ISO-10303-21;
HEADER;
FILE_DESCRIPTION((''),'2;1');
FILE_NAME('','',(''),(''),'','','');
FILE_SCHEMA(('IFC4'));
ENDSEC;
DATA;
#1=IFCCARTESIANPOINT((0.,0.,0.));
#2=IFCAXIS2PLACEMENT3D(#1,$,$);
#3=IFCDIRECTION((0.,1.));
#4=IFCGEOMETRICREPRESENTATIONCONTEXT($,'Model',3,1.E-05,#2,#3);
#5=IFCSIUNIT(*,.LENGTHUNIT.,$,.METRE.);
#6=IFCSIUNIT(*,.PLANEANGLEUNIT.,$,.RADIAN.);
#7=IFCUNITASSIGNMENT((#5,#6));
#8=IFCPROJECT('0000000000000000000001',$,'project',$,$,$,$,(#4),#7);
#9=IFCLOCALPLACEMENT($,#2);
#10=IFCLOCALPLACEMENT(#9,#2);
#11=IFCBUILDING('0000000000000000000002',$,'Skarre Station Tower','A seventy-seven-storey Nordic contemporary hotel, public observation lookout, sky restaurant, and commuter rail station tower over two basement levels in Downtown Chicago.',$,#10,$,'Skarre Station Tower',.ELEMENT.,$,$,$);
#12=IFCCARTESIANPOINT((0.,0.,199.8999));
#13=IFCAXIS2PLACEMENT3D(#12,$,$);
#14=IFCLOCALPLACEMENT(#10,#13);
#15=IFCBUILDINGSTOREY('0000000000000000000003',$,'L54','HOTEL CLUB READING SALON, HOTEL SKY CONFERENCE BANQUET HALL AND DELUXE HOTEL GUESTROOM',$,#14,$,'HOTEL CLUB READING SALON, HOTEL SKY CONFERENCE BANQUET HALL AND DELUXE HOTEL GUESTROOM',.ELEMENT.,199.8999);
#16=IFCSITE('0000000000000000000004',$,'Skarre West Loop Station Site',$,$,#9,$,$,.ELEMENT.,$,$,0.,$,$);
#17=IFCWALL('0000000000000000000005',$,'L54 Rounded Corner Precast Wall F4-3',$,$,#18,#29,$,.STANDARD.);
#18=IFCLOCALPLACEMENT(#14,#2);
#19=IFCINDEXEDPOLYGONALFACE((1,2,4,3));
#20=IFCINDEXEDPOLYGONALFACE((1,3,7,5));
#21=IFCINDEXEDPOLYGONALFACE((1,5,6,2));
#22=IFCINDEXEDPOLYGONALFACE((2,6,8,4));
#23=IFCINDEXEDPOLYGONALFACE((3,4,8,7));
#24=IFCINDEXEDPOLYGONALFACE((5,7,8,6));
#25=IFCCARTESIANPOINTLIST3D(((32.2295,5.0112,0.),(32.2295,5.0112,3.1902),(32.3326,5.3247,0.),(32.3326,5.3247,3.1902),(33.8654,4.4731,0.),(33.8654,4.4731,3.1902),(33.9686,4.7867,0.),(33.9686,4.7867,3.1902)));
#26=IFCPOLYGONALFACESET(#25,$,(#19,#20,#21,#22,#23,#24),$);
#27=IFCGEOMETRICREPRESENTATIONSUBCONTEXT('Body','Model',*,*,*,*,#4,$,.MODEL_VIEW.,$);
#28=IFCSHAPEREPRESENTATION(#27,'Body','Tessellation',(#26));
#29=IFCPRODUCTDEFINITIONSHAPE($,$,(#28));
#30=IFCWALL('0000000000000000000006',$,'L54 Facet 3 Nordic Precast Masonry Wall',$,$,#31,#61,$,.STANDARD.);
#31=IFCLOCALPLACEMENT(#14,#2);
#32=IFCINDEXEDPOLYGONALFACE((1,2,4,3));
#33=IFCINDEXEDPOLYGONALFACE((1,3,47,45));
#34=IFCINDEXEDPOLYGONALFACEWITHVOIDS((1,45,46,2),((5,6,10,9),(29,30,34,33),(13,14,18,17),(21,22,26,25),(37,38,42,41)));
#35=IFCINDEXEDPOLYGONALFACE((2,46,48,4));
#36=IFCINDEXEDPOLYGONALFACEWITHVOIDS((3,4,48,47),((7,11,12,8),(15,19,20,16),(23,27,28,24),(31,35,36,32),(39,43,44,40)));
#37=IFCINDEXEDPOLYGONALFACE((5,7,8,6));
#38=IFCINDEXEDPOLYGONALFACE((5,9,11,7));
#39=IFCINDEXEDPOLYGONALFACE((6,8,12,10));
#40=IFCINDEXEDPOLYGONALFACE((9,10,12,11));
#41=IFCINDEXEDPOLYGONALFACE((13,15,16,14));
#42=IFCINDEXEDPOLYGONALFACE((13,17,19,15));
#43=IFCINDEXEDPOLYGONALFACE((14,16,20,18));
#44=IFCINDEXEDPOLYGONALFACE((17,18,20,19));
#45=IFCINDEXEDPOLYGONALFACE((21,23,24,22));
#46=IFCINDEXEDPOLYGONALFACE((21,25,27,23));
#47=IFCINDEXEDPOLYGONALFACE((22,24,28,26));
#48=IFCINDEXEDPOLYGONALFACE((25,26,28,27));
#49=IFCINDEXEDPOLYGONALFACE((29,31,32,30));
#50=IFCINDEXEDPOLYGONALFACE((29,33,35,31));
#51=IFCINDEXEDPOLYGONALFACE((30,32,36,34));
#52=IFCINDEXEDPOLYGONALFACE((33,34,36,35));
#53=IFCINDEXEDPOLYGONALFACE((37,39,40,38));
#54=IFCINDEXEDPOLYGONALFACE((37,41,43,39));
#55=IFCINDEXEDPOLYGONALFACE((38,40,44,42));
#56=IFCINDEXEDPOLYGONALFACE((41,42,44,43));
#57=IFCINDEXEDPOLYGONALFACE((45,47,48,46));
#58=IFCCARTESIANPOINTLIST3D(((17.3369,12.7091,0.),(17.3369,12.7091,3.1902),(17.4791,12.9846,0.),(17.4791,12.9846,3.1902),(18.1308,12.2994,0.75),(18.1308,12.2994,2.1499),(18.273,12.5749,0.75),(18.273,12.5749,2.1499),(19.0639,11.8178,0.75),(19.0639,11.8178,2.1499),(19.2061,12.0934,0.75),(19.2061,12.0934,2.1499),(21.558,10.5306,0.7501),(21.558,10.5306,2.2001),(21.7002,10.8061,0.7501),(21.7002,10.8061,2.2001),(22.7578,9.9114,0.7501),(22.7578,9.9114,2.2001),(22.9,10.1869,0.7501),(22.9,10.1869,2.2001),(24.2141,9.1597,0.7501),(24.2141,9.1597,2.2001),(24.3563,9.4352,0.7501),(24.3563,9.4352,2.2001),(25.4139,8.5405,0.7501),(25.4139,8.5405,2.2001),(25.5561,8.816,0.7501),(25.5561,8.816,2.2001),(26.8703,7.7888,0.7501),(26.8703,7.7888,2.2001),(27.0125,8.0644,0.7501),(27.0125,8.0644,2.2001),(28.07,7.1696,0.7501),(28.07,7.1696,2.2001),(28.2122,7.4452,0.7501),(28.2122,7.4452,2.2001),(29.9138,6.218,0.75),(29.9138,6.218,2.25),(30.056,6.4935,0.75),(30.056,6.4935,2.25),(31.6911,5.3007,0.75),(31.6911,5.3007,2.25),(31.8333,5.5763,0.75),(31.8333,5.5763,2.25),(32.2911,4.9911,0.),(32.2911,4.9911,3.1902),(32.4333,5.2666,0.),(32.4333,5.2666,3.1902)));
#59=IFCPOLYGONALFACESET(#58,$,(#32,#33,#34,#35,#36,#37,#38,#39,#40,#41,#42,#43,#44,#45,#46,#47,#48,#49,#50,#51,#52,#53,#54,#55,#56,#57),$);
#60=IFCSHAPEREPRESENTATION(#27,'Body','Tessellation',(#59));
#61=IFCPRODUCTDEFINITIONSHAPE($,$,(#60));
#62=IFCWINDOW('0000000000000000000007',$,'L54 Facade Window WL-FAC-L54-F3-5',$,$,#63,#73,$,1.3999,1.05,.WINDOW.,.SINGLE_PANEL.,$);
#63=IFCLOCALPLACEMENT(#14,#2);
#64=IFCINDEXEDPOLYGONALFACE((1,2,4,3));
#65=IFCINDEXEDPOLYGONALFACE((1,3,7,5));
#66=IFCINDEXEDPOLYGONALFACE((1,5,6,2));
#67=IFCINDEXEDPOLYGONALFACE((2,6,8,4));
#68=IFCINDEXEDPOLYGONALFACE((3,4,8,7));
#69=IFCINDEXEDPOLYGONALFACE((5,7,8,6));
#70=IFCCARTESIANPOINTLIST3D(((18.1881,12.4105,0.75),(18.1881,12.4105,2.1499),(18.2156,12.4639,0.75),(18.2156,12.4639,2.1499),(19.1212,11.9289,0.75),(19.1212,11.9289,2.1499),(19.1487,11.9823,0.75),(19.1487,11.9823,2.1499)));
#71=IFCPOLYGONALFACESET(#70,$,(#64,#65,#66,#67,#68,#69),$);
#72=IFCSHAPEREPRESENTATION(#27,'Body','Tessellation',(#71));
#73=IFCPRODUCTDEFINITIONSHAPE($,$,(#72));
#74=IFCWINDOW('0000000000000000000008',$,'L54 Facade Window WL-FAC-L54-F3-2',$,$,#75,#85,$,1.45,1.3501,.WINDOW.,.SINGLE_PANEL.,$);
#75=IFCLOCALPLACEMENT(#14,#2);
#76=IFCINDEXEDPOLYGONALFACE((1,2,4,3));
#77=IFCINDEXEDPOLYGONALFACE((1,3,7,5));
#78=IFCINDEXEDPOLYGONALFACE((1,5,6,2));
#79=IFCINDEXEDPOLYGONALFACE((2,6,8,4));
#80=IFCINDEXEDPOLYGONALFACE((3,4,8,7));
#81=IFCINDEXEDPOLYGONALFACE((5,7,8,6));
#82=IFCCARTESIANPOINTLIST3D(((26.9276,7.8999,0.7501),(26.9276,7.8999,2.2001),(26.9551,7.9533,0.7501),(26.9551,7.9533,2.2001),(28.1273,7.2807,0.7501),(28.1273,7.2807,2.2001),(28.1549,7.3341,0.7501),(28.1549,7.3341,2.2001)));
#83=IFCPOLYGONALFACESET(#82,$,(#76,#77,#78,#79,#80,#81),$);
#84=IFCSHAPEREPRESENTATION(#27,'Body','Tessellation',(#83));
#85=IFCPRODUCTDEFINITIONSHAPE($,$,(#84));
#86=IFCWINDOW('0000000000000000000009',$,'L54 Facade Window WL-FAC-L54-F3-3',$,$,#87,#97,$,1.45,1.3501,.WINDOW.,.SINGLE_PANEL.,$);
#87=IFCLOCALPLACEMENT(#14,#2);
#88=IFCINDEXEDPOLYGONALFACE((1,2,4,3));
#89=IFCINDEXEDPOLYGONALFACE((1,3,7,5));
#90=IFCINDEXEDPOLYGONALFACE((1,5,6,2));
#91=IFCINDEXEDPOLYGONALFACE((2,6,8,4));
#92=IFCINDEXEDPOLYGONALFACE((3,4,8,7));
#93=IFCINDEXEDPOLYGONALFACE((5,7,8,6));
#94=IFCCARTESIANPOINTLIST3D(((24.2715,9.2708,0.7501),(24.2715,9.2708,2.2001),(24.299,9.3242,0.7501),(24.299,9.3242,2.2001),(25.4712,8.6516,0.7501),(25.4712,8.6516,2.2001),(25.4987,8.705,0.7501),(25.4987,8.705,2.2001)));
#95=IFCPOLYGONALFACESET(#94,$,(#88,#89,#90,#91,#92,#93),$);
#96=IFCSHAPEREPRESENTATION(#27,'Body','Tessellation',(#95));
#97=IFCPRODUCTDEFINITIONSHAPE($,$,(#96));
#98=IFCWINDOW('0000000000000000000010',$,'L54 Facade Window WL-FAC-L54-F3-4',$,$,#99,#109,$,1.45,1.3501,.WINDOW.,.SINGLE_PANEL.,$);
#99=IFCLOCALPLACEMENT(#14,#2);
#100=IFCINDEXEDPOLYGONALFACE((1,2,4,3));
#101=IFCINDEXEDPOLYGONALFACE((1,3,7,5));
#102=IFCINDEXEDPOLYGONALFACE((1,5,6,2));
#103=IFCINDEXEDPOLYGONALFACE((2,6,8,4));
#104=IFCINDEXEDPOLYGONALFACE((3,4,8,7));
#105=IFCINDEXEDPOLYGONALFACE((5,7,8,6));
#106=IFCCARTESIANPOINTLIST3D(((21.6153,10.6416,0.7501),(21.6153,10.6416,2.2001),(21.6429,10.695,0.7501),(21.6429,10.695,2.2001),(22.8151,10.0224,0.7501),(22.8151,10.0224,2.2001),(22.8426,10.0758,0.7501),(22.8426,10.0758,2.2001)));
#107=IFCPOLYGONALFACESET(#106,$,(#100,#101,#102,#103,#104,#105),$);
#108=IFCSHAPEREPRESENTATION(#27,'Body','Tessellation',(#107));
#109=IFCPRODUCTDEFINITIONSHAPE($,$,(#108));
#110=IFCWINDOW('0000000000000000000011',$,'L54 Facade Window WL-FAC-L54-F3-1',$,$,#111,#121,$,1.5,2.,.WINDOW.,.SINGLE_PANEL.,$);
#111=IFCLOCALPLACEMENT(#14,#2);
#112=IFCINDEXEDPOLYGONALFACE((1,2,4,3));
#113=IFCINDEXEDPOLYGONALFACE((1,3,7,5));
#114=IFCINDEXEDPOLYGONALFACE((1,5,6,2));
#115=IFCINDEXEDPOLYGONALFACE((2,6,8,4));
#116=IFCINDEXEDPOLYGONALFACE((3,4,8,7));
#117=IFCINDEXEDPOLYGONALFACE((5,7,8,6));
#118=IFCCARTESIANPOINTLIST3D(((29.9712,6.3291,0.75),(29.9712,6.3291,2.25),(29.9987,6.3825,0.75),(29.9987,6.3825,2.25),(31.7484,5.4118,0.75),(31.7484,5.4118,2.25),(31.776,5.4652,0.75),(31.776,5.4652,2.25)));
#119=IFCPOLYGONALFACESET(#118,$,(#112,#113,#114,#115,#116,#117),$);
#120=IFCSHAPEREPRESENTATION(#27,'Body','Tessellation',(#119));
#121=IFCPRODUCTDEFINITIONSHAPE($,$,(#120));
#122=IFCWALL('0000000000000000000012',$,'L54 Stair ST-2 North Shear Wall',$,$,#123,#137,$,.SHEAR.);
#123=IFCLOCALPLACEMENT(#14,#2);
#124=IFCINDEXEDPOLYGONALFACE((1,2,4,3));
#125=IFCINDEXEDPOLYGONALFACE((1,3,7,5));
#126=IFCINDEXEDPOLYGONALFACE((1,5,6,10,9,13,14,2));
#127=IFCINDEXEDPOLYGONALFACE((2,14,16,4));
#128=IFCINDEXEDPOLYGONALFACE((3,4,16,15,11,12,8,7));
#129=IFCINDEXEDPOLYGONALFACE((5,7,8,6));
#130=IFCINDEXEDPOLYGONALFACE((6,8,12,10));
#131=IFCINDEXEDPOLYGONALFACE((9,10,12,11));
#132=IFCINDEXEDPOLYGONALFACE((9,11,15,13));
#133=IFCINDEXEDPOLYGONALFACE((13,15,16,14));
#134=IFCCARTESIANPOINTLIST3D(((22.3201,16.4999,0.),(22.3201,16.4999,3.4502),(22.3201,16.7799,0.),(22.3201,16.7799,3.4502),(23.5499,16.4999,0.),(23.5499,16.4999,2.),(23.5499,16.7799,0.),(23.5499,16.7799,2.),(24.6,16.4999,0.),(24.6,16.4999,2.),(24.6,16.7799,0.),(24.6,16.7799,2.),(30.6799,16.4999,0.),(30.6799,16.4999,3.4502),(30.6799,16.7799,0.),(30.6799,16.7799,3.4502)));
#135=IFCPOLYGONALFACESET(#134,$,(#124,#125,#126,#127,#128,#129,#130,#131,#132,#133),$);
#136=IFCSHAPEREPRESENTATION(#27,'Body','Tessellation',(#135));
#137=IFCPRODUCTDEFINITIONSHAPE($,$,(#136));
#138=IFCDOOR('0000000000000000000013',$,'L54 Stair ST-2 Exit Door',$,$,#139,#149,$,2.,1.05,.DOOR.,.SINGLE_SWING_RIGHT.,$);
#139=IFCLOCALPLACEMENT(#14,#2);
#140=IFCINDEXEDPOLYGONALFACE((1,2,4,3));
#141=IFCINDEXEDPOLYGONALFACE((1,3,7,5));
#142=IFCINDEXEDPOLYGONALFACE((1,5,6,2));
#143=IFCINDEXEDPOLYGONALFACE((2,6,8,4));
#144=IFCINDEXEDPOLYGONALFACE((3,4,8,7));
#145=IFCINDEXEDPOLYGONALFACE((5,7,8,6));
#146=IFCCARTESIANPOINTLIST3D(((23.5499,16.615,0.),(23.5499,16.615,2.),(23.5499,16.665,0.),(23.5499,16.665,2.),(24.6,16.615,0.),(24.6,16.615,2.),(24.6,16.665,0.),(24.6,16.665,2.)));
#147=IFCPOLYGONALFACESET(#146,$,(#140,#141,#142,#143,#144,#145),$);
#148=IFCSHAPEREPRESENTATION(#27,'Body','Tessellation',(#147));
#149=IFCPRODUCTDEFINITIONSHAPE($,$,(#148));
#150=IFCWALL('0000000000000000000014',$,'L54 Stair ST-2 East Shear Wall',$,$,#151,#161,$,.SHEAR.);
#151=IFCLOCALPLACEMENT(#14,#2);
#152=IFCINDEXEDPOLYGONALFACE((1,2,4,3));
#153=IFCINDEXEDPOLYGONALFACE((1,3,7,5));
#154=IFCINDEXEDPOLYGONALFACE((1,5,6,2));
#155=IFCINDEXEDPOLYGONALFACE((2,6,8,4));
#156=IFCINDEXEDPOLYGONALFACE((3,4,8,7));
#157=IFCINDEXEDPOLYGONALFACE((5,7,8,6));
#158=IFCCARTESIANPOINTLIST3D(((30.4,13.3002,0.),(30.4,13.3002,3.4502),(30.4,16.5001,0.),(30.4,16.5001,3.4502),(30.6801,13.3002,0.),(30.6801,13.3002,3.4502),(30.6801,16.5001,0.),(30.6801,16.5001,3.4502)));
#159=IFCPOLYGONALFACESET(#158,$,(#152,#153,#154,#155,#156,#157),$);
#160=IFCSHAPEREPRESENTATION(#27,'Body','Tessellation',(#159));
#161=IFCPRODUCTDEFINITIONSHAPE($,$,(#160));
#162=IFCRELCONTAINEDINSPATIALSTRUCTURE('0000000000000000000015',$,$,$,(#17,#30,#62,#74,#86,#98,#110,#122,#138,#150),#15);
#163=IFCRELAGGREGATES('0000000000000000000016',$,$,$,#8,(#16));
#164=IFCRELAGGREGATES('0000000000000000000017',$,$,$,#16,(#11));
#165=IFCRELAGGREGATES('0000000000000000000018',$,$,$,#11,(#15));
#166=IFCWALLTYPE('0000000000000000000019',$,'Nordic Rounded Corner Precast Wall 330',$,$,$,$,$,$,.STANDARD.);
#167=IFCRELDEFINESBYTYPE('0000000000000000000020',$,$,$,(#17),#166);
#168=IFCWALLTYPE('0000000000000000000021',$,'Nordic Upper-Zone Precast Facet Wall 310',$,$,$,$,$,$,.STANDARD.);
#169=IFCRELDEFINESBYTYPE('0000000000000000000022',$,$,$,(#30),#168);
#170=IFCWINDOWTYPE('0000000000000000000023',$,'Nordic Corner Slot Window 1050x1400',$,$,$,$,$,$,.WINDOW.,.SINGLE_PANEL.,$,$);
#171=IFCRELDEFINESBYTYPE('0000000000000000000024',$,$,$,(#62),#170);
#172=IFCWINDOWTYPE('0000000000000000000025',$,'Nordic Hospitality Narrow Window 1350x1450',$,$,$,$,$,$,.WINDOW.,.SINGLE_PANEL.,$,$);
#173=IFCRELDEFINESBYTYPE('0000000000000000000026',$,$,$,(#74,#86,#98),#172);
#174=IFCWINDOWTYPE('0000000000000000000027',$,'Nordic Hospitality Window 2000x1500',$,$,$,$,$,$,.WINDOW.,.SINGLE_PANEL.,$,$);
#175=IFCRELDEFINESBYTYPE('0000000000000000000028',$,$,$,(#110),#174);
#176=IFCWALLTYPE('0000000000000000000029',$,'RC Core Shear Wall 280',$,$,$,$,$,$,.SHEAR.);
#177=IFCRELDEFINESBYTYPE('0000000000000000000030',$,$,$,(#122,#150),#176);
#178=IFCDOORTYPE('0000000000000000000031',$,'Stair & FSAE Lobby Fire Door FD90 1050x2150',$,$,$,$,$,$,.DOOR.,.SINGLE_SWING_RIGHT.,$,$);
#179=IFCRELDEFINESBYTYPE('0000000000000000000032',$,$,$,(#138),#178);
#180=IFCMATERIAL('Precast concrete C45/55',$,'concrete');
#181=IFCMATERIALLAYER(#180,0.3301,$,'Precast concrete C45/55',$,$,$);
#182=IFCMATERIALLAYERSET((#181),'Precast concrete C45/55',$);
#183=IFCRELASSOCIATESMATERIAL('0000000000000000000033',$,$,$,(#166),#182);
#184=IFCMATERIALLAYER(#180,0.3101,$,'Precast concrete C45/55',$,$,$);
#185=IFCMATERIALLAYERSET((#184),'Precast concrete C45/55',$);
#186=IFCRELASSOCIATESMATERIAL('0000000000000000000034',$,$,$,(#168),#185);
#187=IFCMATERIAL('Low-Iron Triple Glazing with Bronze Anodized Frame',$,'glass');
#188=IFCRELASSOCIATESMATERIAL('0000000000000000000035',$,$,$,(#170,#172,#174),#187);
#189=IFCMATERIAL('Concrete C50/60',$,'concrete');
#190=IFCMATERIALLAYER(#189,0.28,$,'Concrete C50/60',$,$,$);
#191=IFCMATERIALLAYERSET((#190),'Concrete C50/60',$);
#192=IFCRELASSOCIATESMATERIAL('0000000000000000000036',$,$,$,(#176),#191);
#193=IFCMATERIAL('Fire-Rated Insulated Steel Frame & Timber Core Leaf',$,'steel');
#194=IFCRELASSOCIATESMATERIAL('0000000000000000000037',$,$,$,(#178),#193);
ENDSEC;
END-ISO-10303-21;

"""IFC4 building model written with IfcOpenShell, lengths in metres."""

from ifc_helpers import new_model, si_unit, direction, frame, frame_2d, origin, place, context, subcontext, project, spatial, rectangle, extrude, material, layer, layer_set, type_object, element, fill, save


model = new_model("IFC4")

# Units and contexts
model_context = context("Model", 3, precision=1e-05, world=origin(), true_north=direction((0.0, 1.0)))
body_context = subcontext(model_context, "Body", "Model", "MODEL_VIEW")
ifc_project = project(units=[si_unit("LENGTHUNIT", "METRE"), si_unit("PLANEANGLEUNIT", "RADIAN")], contexts=[model_context])

# Site, building, storey
site_placement = place(None, origin())
site = spatial("IfcSite", under=ifc_project, at=site_placement, Name="Skarre West Loop Station Site", CompositionType="ELEMENT", RefElevation=0.0)
building_placement = place(site_placement, origin())
building = spatial("IfcBuilding", under=site, at=building_placement, Name="Skarre Station Tower", Description="A seventy-seven-storey Nordic contemporary hotel, public observation lookout, sky restaurant, and commuter rail station tower over two basement levels in Downtown Chicago.", LongName="Skarre Station Tower", CompositionType="ELEMENT")
storey_placement = place(building_placement, frame((0.0, 0.0, 199.8999)))
storey = spatial("IfcBuildingStorey", under=building, at=storey_placement, Name="L54", Description="HOTEL CLUB READING SALON, HOTEL SKY CONFERENCE BANQUET HALL AND DELUXE HOTEL GUESTROOM", LongName="HOTEL CLUB READING SALON, HOTEL SKY CONFERENCE BANQUET HALL AND DELUXE HOTEL GUESTROOM", CompositionType="ELEMENT", Elevation=199.8999)

# Wall
ifc_material_1 = material(Name="Precast concrete C45/55", Category="concrete")
ifc_layer_1 = layer(ifc_material_1, 0.3301, Name="Precast concrete C45/55")
ifc_layer_set_1 = layer_set([ifc_layer_1], Name="Precast concrete C45/55")
wall_type_1 = type_object("IfcWallType", Name="Nordic Rounded Corner Precast Wall 330", PredefinedType="STANDARD", material=ifc_layer_set_1)
wall_1_placement = place(storey_placement, frame((33.917, 4.6299, 0.0), z_axis=(0.0, 0.0, 1.0), x_axis=(-0.949937, 0.31244, 0.0)))
element("IfcWall", 1, at=wall_1_placement, inside=storey, type_object=wall_type_1, Name="L54 Rounded Corner Precast Wall F4-3", PredefinedType="STANDARD", context=body_context, shape_type="SweptSolid", body=[
    extrude(rectangle(XDim=1.7222, YDim=0.3301, at=frame_2d((0.8611, 0.0))), origin(), (0.0, 0.0, 1.0), 3.1902),
])

# Wall, openings, windows
ifc_layer_2 = layer(ifc_material_1, 0.3101, Name="Precast concrete C45/55")
ifc_layer_set_2 = layer_set([ifc_layer_2], Name="Precast concrete C45/55")
wall_type_2 = type_object("IfcWallType", Name="Nordic Upper-Zone Precast Facet Wall 310", PredefinedType="STANDARD", material=ifc_layer_set_2)
wall_2_placement = place(storey_placement, frame((32.3621, 5.1289, 0.0), z_axis=(0.0, 0.0, 1.0), x_axis=(-0.888626, 0.458632, 0.0)))
wall_2 = element("IfcWall", 2, at=wall_2_placement, inside=storey, type_object=wall_type_2, Name="L54 Facet 3 Nordic Precast Masonry Wall", PredefinedType="STANDARD", context=body_context, shape_type="SweptSolid", body=[
    extrude(rectangle(XDim=16.8284, YDim=0.3101, at=frame_2d((8.4141, 0.0))), origin(), (0.0, 0.0, 1.0), 3.1902),
])
opening_1_placement = place(wall_2_placement, frame((0.675, 0.0, 0.75)))
opening_1 = element("IfcOpeningElement", 3, at=opening_1_placement, cuts=wall_2, PredefinedType="OPENING", context=body_context, shape_type="SweptSolid", body=[
    extrude(rectangle(XDim=2.0, YDim=1.5, at=frame_2d((1.0, 0.75))), frame((0.0, 0.165, 0.0), z_axis=(0.0, -1.0, 0.0), x_axis=(1.0, 0.0, 0.0)), (0.0, 0.0, 1.0), 0.3301),
])
opening_2_placement = place(wall_2_placement, frame((4.75, 0.0, 0.75)))
opening_2 = element("IfcOpeningElement", 4, at=opening_2_placement, cuts=wall_2, PredefinedType="OPENING", context=body_context, shape_type="SweptSolid", body=[
    extrude(rectangle(XDim=1.3501, YDim=1.45, at=frame_2d((0.675, 0.7251))), frame((0.0, 0.165, 0.0), z_axis=(0.0, -1.0, 0.0), x_axis=(1.0, 0.0, 0.0)), (0.0, 0.0, 1.0), 0.3301),
])
opening_3_placement = place(wall_2_placement, frame((7.739, 0.0, 0.75)))
opening_3 = element("IfcOpeningElement", 5, at=opening_3_placement, cuts=wall_2, PredefinedType="OPENING", context=body_context, shape_type="SweptSolid", body=[
    extrude(rectangle(XDim=1.3501, YDim=1.45, at=frame_2d((0.675, 0.7251))), frame((0.0, 0.165, 0.0), z_axis=(0.0, -1.0, 0.0), x_axis=(1.0, 0.0, 0.0)), (0.0, 0.0, 1.0), 0.3301),
])
opening_4_placement = place(wall_2_placement, frame((10.728, 0.0, 0.75)))
opening_4 = element("IfcOpeningElement", 6, at=opening_4_placement, cuts=wall_2, PredefinedType="OPENING", context=body_context, shape_type="SweptSolid", body=[
    extrude(rectangle(XDim=1.3501, YDim=1.45, at=frame_2d((0.675, 0.7251))), frame((0.0, 0.165, 0.0), z_axis=(0.0, -1.0, 0.0), x_axis=(1.0, 0.0, 0.0)), (0.0, 0.0, 1.0), 0.3301),
])
opening_5_placement = place(wall_2_placement, frame((14.885, 0.0, 0.75)))
opening_5 = element("IfcOpeningElement", 7, at=opening_5_placement, cuts=wall_2, PredefinedType="OPENING", context=body_context, shape_type="SweptSolid", body=[
    extrude(rectangle(XDim=1.05, YDim=1.3999, at=frame_2d((0.5249, 0.7))), frame((0.0, 0.165, 0.0), z_axis=(0.0, -1.0, 0.0), x_axis=(1.0, 0.0, 0.0)), (0.0, 0.0, 1.0), 0.3301),
])
ifc_material_2 = material(Name="Low-Iron Triple Glazing with Bronze Anodized Frame", Category="glass")
window_type_1 = type_object("IfcWindowType", Name="Nordic Corner Slot Window 1050x1400", PartitioningType="SINGLE_PANEL", PredefinedType="WINDOW", material=ifc_material_2)
window_1_placement = place(opening_5_placement, origin())
window_1 = element("IfcWindow", 8, at=window_1_placement, inside=storey, type_object=window_type_1, Name="L54 Facade Window WL-FAC-L54-F3-5", OverallHeight=1.3999, OverallWidth=1.05, PartitioningType="SINGLE_PANEL", PredefinedType="WINDOW", context=body_context, shape_type="SweptSolid", body=[
    extrude(rectangle(XDim=1.05, YDim=1.3999, at=frame_2d((0.5249, 0.7))), frame((0.0, 0.03, 0.0), z_axis=(0.0, -1.0, 0.0), x_axis=(1.0, 0.0, 0.0)), (0.0, 0.0, 1.0), 0.0601),
])
fill(opening_5, window_1)
window_type_2 = type_object("IfcWindowType", Name="Nordic Hospitality Narrow Window 1350x1450", PartitioningType="SINGLE_PANEL", PredefinedType="WINDOW", material=ifc_material_2)
window_2_placement = place(opening_2_placement, origin())
window_2 = element("IfcWindow", 9, at=window_2_placement, inside=storey, type_object=window_type_2, Name="L54 Facade Window WL-FAC-L54-F3-2", OverallHeight=1.45, OverallWidth=1.3501, PartitioningType="SINGLE_PANEL", PredefinedType="WINDOW", context=body_context, shape_type="SweptSolid", body=[
    extrude(rectangle(XDim=1.3501, YDim=1.45, at=frame_2d((0.675, 0.7251))), frame((0.0, 0.03, 0.0), z_axis=(0.0, -1.0, 0.0), x_axis=(1.0, 0.0, 0.0)), (0.0, 0.0, 1.0), 0.0601),
])
fill(opening_2, window_2)
window_3_placement = place(opening_3_placement, origin())
window_3 = element("IfcWindow", 10, at=window_3_placement, inside=storey, type_object=window_type_2, Name="L54 Facade Window WL-FAC-L54-F3-3", OverallHeight=1.45, OverallWidth=1.3501, PartitioningType="SINGLE_PANEL", PredefinedType="WINDOW", context=body_context, shape_type="SweptSolid", body=[
    extrude(rectangle(XDim=1.3501, YDim=1.45, at=frame_2d((0.675, 0.7251))), frame((0.0, 0.03, 0.0), z_axis=(0.0, -1.0, 0.0), x_axis=(1.0, 0.0, 0.0)), (0.0, 0.0, 1.0), 0.0601),
])
fill(opening_3, window_3)
window_4_placement = place(opening_4_placement, origin())
window_4 = element("IfcWindow", 11, at=window_4_placement, inside=storey, type_object=window_type_2, Name="L54 Facade Window WL-FAC-L54-F3-4", OverallHeight=1.45, OverallWidth=1.3501, PartitioningType="SINGLE_PANEL", PredefinedType="WINDOW", context=body_context, shape_type="SweptSolid", body=[
    extrude(rectangle(XDim=1.3501, YDim=1.45, at=frame_2d((0.675, 0.7251))), frame((0.0, 0.03, 0.0), z_axis=(0.0, -1.0, 0.0), x_axis=(1.0, 0.0, 0.0)), (0.0, 0.0, 1.0), 0.0601),
])
fill(opening_4, window_4)
window_type_3 = type_object("IfcWindowType", Name="Nordic Hospitality Window 2000x1500", PartitioningType="SINGLE_PANEL", PredefinedType="WINDOW", material=ifc_material_2)
window_5_placement = place(opening_1_placement, origin())
window_5 = element("IfcWindow", 12, at=window_5_placement, inside=storey, type_object=window_type_3, Name="L54 Facade Window WL-FAC-L54-F3-1", OverallHeight=1.5, OverallWidth=2.0, PartitioningType="SINGLE_PANEL", PredefinedType="WINDOW", context=body_context, shape_type="SweptSolid", body=[
    extrude(rectangle(XDim=2.0, YDim=1.5, at=frame_2d((1.0, 0.75))), frame((0.0, 0.03, 0.0), z_axis=(0.0, -1.0, 0.0), x_axis=(1.0, 0.0, 0.0)), (0.0, 0.0, 1.0), 0.0601),
])
fill(opening_1, window_5)

# Wall, opening, door
ifc_material_3 = material(Name="Concrete C50/60", Category="concrete")
ifc_layer_3 = layer(ifc_material_3, 0.28, Name="Concrete C50/60")
ifc_layer_set_3 = layer_set([ifc_layer_3], Name="Concrete C50/60")
wall_type_3 = type_object("IfcWallType", Name="RC Core Shear Wall 280", PredefinedType="SHEAR", material=ifc_layer_set_3)
wall_3_placement = place(storey_placement, frame((30.6799, 16.6399, 0.0), z_axis=(0.0, 0.0, 1.0), x_axis=(-1.0, 0.0, 0.0)))
wall_3 = element("IfcWall", 13, at=wall_3_placement, inside=storey, type_object=wall_type_3, Name="L54 Stair ST-2 North Shear Wall", PredefinedType="SHEAR", context=body_context, shape_type="SweptSolid", body=[
    extrude(rectangle(XDim=8.3599, YDim=0.28, at=frame_2d((4.1799, 0.0))), origin(), (0.0, 0.0, 1.0), 3.4502),
])
opening_6_placement = place(wall_3_placement, frame((6.0801, 0.0, 0.0)))
opening_6 = element("IfcOpeningElement", 14, at=opening_6_placement, cuts=wall_3, PredefinedType="OPENING", context=body_context, shape_type="SweptSolid", body=[
    extrude(rectangle(XDim=1.05, YDim=2.0, at=frame_2d((0.5249, 1.0))), frame((0.0, 0.1499, 0.0), z_axis=(0.0, -1.0, 0.0), x_axis=(1.0, 0.0, 0.0)), (0.0, 0.0, 1.0), 0.3),
])
ifc_material_4 = material(Name="Fire-Rated Insulated Steel Frame & Timber Core Leaf", Category="steel")
door_type_1 = type_object("IfcDoorType", Name="Stair & FSAE Lobby Fire Door FD90 1050x2150", OperationType="SINGLE_SWING_RIGHT", PredefinedType="DOOR", material=ifc_material_4)
door_1_placement = place(opening_6_placement, origin())
door_1 = element("IfcDoor", 15, at=door_1_placement, inside=storey, type_object=door_type_1, Name="L54 Stair ST-2 Exit Door", OperationType="SINGLE_SWING_RIGHT", OverallHeight=2.0, OverallWidth=1.05, PredefinedType="DOOR", context=body_context, shape_type="SweptSolid", body=[
    extrude(rectangle(XDim=1.05, YDim=2.0, at=frame_2d((0.5249, 1.0))), frame((0.0, 0.0249, 0.0), z_axis=(0.0, -1.0, 0.0), x_axis=(1.0, 0.0, 0.0)), (0.0, 0.0, 1.0), 0.05),
])
fill(opening_6, door_1)

# Wall
wall_4_placement = place(storey_placement, frame((30.54, 13.3, 0.0), z_axis=(0.0, 0.0, 1.0), x_axis=(0.0, 1.0, 0.0)))
element("IfcWall", 16, at=wall_4_placement, inside=storey, type_object=wall_type_3, Name="L54 Stair ST-2 East Shear Wall", PredefinedType="SHEAR", context=body_context, shape_type="SweptSolid", body=[
    extrude(rectangle(XDim=3.2, YDim=0.28, at=frame_2d((1.6001, 0.0))), origin(), (0.0, 0.0, 1.0), 3.4502),
])

save(model, "model.ifc")
